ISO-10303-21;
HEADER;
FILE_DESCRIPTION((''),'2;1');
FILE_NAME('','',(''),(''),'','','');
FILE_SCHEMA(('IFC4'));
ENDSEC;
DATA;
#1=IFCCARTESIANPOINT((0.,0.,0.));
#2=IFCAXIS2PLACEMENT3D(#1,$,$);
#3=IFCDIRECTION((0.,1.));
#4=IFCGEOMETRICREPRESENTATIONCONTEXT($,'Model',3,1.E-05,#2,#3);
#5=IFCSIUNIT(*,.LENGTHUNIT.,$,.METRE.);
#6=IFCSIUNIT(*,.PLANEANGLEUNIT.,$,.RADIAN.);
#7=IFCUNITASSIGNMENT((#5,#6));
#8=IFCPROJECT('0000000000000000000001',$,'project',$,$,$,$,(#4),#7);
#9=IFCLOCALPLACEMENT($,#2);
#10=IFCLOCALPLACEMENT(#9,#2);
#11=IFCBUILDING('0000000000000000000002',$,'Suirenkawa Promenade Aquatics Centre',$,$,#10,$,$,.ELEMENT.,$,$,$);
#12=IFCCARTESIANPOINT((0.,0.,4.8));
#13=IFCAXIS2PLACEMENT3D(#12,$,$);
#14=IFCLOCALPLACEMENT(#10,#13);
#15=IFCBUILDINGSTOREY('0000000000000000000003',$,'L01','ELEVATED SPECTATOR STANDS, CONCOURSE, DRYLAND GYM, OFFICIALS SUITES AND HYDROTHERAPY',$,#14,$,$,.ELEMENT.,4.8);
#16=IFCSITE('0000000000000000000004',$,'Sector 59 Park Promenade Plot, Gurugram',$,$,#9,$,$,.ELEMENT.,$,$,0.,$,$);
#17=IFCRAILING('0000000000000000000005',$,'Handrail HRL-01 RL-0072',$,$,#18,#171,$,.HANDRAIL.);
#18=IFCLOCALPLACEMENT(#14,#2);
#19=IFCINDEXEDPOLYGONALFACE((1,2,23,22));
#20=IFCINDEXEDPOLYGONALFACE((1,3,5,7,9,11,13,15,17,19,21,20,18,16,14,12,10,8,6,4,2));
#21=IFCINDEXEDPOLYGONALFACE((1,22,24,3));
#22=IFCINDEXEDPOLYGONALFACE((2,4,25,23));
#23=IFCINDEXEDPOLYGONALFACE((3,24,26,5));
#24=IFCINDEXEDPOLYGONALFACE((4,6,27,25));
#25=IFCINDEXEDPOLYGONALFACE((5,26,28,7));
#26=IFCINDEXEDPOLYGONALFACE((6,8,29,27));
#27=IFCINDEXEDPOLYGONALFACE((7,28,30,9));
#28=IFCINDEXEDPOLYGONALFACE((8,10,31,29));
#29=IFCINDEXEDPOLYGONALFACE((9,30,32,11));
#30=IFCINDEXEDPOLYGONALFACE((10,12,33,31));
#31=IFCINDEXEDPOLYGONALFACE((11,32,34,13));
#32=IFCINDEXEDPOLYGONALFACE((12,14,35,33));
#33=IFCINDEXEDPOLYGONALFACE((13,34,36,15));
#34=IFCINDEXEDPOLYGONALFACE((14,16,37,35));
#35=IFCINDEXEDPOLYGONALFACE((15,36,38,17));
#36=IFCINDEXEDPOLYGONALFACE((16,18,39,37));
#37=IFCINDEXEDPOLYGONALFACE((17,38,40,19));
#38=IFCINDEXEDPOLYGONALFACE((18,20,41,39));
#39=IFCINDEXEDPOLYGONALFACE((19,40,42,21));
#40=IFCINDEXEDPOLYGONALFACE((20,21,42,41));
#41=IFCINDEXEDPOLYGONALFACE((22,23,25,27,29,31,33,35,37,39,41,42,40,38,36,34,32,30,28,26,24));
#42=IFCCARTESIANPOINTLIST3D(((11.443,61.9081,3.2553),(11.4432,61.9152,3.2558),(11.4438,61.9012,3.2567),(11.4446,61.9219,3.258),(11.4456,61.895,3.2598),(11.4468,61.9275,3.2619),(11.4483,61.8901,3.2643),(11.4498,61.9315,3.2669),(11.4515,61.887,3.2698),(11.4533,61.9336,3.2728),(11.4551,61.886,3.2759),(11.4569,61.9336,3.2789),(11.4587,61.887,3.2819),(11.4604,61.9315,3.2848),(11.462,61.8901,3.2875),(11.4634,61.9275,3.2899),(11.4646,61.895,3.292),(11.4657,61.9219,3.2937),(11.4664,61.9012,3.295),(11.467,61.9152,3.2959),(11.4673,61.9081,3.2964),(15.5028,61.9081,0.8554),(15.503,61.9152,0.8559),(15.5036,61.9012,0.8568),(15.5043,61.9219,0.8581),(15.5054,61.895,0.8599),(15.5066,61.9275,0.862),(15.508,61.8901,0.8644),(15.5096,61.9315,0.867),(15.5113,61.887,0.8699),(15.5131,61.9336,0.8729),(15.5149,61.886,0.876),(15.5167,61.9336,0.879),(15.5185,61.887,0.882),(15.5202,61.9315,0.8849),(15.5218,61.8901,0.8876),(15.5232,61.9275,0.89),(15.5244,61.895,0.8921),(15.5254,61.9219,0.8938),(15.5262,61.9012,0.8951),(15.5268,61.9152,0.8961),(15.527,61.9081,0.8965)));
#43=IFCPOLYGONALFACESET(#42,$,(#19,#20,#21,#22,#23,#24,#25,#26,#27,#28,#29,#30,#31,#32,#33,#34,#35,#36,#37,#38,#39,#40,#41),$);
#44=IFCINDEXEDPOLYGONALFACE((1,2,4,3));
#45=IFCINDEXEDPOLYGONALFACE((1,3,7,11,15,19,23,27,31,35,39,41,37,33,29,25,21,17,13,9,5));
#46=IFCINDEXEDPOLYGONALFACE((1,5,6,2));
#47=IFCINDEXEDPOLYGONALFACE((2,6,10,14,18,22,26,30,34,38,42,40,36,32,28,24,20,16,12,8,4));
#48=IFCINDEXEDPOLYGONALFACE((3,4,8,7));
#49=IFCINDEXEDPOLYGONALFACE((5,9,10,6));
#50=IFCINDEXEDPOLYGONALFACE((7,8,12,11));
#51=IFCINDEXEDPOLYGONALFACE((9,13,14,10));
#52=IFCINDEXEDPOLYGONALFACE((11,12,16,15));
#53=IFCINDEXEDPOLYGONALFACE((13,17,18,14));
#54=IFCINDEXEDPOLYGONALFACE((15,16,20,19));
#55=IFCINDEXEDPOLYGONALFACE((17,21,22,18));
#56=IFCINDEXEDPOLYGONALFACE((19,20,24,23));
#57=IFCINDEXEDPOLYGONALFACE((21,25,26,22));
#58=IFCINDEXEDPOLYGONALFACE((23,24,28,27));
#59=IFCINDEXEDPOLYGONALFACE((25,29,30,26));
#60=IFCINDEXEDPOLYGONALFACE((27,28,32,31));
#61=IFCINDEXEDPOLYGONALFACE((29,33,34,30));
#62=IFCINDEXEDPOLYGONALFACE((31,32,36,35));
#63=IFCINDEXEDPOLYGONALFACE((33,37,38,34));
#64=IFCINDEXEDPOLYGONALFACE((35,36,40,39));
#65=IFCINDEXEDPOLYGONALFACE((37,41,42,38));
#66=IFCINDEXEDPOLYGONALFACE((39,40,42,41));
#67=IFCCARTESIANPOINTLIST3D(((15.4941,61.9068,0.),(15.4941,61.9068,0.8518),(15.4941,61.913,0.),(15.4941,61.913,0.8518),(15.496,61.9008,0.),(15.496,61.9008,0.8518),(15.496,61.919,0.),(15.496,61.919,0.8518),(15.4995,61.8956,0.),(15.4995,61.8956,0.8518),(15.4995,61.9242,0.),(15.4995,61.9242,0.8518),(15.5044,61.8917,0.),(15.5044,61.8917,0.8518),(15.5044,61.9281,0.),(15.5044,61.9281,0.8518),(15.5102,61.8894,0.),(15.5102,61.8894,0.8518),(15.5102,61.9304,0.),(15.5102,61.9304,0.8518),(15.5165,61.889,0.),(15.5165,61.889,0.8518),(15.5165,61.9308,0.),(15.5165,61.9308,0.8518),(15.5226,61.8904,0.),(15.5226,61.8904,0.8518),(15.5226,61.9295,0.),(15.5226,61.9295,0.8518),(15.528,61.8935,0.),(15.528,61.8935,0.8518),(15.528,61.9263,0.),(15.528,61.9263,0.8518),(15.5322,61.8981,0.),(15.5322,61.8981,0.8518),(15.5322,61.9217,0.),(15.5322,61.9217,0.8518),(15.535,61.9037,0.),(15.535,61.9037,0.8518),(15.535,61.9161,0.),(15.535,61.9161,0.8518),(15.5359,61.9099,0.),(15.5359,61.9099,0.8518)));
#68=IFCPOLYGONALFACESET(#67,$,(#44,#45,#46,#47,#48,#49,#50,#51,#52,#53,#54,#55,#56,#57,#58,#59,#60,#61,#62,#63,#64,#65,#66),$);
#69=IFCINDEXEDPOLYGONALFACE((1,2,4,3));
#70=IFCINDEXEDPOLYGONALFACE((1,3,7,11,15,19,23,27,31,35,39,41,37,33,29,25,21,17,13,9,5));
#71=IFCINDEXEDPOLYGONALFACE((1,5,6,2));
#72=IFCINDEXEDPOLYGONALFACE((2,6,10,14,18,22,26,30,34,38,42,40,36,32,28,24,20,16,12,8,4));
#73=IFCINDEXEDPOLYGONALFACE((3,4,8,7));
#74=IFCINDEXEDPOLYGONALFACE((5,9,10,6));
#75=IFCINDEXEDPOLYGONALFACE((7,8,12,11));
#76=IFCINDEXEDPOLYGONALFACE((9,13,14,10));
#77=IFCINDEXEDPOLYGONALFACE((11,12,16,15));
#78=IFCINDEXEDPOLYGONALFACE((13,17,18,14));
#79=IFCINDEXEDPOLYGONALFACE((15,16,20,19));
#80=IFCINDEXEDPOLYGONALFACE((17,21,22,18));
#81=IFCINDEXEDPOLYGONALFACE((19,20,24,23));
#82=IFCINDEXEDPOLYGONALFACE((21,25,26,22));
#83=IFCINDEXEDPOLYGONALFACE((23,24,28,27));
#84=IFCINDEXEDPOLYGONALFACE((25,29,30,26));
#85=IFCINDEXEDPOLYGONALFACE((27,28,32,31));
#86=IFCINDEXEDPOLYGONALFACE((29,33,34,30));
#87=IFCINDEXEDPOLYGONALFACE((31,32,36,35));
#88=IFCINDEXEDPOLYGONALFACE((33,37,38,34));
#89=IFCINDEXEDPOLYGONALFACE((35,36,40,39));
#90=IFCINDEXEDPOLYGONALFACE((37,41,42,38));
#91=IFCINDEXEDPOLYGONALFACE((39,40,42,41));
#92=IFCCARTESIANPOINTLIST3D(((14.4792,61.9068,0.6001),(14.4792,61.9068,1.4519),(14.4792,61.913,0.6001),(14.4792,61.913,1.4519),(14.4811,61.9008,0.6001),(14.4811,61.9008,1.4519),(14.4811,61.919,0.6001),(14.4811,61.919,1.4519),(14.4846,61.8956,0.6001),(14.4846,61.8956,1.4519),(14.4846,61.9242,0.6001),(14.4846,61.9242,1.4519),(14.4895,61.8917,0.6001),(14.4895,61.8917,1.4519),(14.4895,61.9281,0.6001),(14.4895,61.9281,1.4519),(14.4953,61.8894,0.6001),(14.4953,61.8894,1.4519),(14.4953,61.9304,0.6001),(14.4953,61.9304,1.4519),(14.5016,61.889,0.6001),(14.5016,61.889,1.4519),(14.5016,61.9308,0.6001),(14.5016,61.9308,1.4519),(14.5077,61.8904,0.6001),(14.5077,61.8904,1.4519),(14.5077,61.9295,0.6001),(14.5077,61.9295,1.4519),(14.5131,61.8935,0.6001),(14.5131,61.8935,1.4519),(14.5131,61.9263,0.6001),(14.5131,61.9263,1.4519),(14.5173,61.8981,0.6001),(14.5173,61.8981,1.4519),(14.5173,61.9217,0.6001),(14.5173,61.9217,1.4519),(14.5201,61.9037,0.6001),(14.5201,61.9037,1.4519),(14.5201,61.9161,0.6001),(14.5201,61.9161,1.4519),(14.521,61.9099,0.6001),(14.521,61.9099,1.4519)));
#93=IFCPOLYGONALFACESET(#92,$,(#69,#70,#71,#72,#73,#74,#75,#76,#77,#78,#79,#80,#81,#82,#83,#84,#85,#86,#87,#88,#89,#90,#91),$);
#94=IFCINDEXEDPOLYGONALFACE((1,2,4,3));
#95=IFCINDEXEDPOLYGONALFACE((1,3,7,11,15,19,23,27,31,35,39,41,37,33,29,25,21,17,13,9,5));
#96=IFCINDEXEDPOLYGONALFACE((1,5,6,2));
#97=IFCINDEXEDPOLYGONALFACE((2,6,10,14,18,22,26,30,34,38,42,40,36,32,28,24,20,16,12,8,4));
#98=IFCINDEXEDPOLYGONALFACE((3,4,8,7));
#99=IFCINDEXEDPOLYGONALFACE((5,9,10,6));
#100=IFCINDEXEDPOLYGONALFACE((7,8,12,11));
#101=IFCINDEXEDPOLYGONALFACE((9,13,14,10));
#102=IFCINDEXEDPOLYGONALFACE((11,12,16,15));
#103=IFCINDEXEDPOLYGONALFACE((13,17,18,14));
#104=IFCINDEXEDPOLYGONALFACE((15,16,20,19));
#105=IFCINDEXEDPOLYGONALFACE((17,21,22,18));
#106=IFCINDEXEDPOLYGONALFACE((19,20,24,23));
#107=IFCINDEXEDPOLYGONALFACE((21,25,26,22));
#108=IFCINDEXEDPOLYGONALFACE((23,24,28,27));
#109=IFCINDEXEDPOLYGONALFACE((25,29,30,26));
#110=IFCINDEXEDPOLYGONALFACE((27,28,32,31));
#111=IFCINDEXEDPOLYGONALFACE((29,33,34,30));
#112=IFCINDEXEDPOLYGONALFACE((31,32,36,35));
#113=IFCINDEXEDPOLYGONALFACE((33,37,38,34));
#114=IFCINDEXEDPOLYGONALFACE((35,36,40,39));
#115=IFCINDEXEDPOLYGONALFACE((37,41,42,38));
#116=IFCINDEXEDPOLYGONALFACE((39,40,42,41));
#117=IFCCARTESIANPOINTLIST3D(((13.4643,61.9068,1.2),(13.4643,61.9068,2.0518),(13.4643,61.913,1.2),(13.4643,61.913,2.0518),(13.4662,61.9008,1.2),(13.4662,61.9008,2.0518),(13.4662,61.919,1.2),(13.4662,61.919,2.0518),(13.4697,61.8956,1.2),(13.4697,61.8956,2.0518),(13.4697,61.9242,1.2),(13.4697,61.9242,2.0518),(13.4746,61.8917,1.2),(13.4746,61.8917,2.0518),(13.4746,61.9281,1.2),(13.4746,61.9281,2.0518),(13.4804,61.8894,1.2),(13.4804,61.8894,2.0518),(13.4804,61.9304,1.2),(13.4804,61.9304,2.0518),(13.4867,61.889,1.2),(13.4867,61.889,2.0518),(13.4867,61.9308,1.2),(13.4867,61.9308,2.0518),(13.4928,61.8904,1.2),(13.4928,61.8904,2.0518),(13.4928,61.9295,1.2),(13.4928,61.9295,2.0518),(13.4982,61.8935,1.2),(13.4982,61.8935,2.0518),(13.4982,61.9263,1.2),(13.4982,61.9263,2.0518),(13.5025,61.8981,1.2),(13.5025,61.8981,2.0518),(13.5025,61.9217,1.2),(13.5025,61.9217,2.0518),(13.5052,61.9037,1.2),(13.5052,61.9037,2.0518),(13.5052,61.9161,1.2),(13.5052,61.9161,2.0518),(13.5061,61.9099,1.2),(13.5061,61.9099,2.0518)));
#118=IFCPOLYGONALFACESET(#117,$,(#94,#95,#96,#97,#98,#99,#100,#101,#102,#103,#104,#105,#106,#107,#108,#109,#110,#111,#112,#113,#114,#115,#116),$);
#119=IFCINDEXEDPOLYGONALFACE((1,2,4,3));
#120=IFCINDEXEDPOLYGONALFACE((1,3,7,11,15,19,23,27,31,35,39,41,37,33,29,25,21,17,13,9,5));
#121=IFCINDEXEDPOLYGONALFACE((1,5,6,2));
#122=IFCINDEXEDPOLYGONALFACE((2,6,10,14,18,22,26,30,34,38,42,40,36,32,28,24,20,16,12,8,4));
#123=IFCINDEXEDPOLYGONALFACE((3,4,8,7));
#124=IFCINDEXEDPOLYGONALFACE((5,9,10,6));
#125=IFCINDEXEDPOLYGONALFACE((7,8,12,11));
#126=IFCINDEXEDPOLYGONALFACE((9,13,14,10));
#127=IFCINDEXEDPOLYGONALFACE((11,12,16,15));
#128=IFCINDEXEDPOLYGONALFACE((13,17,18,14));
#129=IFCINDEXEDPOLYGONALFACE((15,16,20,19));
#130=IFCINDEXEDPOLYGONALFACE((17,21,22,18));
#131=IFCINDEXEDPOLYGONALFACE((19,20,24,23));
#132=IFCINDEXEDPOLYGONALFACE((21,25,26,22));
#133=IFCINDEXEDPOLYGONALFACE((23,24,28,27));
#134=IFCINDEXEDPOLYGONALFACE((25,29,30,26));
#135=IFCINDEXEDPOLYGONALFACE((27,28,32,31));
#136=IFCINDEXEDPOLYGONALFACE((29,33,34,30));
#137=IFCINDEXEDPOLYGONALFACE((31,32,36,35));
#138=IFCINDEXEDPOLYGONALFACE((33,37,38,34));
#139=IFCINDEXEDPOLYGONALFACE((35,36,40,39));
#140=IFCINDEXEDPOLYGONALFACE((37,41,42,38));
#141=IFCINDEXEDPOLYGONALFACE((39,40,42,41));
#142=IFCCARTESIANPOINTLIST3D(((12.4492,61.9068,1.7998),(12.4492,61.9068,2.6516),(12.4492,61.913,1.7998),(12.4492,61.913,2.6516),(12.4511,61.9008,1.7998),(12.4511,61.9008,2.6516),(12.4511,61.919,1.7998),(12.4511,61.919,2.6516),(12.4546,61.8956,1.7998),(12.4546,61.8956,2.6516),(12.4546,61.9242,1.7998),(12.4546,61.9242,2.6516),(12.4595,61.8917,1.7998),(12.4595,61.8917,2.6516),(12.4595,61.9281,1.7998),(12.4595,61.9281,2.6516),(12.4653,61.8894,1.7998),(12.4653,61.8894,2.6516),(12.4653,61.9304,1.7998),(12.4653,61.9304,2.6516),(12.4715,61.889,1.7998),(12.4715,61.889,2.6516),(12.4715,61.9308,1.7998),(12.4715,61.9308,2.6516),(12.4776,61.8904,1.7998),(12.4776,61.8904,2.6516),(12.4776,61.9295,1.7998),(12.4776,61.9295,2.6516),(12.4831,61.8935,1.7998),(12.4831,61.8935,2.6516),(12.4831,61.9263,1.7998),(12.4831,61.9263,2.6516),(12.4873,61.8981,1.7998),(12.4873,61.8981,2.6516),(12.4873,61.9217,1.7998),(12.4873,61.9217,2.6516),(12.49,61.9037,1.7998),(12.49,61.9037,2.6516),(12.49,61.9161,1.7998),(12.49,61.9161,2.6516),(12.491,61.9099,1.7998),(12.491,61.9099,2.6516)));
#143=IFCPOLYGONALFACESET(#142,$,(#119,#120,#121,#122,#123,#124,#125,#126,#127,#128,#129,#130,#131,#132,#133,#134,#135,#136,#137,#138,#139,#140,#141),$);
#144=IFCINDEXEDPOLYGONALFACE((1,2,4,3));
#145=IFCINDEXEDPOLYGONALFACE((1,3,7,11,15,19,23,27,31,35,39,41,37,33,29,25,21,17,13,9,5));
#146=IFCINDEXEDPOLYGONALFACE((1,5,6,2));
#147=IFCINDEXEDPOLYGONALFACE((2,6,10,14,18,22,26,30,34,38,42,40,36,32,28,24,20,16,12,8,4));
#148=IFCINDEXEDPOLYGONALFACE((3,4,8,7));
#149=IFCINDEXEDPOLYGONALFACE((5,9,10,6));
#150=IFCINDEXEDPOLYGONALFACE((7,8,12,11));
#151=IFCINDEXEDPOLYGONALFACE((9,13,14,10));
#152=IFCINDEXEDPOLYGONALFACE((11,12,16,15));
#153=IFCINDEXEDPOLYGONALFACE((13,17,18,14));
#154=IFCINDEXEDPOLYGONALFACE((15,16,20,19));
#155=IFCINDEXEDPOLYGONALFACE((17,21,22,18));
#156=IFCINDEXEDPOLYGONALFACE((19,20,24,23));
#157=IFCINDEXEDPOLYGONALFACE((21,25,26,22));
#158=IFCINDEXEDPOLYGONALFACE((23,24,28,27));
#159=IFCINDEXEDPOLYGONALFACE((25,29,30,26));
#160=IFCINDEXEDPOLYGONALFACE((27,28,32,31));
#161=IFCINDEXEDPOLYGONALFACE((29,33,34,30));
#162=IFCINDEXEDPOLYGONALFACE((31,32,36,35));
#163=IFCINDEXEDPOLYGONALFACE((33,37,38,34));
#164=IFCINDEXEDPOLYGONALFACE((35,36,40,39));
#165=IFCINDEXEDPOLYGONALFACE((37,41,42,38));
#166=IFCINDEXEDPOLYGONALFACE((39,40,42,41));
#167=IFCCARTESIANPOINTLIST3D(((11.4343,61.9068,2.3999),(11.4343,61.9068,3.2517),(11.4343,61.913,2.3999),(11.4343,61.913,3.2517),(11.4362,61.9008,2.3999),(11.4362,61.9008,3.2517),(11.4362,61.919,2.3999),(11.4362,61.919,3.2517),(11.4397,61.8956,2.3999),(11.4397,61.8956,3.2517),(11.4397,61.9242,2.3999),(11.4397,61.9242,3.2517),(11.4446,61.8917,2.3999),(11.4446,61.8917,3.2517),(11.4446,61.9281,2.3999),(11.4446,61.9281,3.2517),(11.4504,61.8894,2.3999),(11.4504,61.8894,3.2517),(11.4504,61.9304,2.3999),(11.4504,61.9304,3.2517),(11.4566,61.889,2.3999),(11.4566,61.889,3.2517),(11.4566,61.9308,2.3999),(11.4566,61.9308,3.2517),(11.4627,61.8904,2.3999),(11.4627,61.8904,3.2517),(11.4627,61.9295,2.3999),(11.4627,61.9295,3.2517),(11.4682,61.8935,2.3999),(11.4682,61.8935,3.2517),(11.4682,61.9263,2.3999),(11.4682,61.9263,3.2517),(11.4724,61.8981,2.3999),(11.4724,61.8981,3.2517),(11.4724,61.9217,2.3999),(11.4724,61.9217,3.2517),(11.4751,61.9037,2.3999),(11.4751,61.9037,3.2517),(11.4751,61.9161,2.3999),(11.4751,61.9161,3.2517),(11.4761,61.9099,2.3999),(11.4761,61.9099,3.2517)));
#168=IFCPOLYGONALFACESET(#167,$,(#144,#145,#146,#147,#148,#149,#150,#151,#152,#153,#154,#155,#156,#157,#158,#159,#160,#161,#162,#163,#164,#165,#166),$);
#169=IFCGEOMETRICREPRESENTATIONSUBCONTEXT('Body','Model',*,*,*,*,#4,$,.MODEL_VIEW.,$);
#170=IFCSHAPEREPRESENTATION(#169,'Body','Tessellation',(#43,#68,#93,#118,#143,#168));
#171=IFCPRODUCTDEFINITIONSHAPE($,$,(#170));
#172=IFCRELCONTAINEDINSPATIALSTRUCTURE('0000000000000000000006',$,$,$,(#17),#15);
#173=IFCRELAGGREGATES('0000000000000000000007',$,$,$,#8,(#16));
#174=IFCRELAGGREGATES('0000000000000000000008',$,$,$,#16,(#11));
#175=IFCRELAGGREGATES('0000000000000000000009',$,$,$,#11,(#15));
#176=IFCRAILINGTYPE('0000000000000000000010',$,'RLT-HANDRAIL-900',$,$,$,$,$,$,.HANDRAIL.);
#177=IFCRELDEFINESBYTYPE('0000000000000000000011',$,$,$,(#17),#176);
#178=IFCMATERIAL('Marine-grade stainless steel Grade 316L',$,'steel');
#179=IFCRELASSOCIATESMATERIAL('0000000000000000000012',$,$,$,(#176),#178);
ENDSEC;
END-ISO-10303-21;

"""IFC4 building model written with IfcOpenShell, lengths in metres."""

from ifc_helpers import new_model, si_unit, direction, frame, origin, origin_2d, place, context, subcontext, project, spatial, circle, extrude, material, type_object, element, save


model = new_model("IFC4")

# Units and contexts
model_context = context("Model", 3, precision=1e-05, world=origin(), true_north=direction((0.0, 1.0)))
body_context = subcontext(model_context, "Body", "Model", "MODEL_VIEW")
ifc_project = project(units=[si_unit("LENGTHUNIT", "METRE"), si_unit("PLANEANGLEUNIT", "RADIAN")], contexts=[model_context])

# Site, building, storey
site_placement = place(None, origin())
site = spatial("IfcSite", under=ifc_project, at=site_placement, Name="Sector 59 Park Promenade Plot, Gurugram", CompositionType="ELEMENT", RefElevation=0.0)
building_placement = place(site_placement, origin())
building = spatial("IfcBuilding", under=site, at=building_placement, Name="Suirenkawa Promenade Aquatics Centre", CompositionType="ELEMENT")
storey_placement = place(building_placement, frame((0.0, 0.0, 4.8)))
storey = spatial("IfcBuildingStorey", under=building, at=storey_placement, Name="L01", Description="ELEVATED SPECTATOR STANDS, CONCOURSE, DRYLAND GYM, OFFICIALS SUITES AND HYDROTHERAPY", CompositionType="ELEMENT", Elevation=4.8)

# Shared definitions
ifc_material_1 = material(Name="Marine-grade stainless steel Grade 316L", Category="steel")

# Railing
railing_type_1 = type_object("IfcRailingType", Name="RLT-HANDRAIL-900", PredefinedType="HANDRAIL", material=ifc_material_1)
for number, where, name in (
    (1, (15.5149, 61.9099, 0.0), "Handrail HRL-01 RL-0072"),
):
    element("IfcRailing", number, at=place(storey_placement, frame(where)), inside=storey, type_object=railing_type_1, Name=name, PredefinedType="HANDRAIL", context=body_context, shape_type="SweptSolid", body=[
        extrude(circle(Radius=0.0239, at=origin_2d()), frame((0.0, 0.0, 0.876), z_axis=(-0.860841, 0.0, 0.508874), x_axis=(0.0, -1.0, 0.0)), (0.0, 0.0, 1.0), 4.7161),
        extrude(circle(Radius=0.021, at=origin_2d()), origin(), (0.0, 0.0, 1.0), 0.8518),
        extrude(circle(Radius=0.021, at=origin_2d()), frame((-1.0149, 0.0, 0.6001)), (0.0, 0.0, 1.0), 0.8518),
        extrude(circle(Radius=0.021, at=origin_2d()), frame((-2.0298, 0.0, 1.2)), (0.0, 0.0, 1.0), 0.8518),
        extrude(circle(Radius=0.021, at=origin_2d()), frame((-3.0449, 0.0, 1.7998)), (0.0, 0.0, 1.0), 0.8518),
        extrude(circle(Radius=0.021, at=origin_2d()), frame((-4.0598, 0.0, 2.3999)), (0.0, 0.0, 1.0), 0.8518),
    ])

save(model, "model.ifc")
